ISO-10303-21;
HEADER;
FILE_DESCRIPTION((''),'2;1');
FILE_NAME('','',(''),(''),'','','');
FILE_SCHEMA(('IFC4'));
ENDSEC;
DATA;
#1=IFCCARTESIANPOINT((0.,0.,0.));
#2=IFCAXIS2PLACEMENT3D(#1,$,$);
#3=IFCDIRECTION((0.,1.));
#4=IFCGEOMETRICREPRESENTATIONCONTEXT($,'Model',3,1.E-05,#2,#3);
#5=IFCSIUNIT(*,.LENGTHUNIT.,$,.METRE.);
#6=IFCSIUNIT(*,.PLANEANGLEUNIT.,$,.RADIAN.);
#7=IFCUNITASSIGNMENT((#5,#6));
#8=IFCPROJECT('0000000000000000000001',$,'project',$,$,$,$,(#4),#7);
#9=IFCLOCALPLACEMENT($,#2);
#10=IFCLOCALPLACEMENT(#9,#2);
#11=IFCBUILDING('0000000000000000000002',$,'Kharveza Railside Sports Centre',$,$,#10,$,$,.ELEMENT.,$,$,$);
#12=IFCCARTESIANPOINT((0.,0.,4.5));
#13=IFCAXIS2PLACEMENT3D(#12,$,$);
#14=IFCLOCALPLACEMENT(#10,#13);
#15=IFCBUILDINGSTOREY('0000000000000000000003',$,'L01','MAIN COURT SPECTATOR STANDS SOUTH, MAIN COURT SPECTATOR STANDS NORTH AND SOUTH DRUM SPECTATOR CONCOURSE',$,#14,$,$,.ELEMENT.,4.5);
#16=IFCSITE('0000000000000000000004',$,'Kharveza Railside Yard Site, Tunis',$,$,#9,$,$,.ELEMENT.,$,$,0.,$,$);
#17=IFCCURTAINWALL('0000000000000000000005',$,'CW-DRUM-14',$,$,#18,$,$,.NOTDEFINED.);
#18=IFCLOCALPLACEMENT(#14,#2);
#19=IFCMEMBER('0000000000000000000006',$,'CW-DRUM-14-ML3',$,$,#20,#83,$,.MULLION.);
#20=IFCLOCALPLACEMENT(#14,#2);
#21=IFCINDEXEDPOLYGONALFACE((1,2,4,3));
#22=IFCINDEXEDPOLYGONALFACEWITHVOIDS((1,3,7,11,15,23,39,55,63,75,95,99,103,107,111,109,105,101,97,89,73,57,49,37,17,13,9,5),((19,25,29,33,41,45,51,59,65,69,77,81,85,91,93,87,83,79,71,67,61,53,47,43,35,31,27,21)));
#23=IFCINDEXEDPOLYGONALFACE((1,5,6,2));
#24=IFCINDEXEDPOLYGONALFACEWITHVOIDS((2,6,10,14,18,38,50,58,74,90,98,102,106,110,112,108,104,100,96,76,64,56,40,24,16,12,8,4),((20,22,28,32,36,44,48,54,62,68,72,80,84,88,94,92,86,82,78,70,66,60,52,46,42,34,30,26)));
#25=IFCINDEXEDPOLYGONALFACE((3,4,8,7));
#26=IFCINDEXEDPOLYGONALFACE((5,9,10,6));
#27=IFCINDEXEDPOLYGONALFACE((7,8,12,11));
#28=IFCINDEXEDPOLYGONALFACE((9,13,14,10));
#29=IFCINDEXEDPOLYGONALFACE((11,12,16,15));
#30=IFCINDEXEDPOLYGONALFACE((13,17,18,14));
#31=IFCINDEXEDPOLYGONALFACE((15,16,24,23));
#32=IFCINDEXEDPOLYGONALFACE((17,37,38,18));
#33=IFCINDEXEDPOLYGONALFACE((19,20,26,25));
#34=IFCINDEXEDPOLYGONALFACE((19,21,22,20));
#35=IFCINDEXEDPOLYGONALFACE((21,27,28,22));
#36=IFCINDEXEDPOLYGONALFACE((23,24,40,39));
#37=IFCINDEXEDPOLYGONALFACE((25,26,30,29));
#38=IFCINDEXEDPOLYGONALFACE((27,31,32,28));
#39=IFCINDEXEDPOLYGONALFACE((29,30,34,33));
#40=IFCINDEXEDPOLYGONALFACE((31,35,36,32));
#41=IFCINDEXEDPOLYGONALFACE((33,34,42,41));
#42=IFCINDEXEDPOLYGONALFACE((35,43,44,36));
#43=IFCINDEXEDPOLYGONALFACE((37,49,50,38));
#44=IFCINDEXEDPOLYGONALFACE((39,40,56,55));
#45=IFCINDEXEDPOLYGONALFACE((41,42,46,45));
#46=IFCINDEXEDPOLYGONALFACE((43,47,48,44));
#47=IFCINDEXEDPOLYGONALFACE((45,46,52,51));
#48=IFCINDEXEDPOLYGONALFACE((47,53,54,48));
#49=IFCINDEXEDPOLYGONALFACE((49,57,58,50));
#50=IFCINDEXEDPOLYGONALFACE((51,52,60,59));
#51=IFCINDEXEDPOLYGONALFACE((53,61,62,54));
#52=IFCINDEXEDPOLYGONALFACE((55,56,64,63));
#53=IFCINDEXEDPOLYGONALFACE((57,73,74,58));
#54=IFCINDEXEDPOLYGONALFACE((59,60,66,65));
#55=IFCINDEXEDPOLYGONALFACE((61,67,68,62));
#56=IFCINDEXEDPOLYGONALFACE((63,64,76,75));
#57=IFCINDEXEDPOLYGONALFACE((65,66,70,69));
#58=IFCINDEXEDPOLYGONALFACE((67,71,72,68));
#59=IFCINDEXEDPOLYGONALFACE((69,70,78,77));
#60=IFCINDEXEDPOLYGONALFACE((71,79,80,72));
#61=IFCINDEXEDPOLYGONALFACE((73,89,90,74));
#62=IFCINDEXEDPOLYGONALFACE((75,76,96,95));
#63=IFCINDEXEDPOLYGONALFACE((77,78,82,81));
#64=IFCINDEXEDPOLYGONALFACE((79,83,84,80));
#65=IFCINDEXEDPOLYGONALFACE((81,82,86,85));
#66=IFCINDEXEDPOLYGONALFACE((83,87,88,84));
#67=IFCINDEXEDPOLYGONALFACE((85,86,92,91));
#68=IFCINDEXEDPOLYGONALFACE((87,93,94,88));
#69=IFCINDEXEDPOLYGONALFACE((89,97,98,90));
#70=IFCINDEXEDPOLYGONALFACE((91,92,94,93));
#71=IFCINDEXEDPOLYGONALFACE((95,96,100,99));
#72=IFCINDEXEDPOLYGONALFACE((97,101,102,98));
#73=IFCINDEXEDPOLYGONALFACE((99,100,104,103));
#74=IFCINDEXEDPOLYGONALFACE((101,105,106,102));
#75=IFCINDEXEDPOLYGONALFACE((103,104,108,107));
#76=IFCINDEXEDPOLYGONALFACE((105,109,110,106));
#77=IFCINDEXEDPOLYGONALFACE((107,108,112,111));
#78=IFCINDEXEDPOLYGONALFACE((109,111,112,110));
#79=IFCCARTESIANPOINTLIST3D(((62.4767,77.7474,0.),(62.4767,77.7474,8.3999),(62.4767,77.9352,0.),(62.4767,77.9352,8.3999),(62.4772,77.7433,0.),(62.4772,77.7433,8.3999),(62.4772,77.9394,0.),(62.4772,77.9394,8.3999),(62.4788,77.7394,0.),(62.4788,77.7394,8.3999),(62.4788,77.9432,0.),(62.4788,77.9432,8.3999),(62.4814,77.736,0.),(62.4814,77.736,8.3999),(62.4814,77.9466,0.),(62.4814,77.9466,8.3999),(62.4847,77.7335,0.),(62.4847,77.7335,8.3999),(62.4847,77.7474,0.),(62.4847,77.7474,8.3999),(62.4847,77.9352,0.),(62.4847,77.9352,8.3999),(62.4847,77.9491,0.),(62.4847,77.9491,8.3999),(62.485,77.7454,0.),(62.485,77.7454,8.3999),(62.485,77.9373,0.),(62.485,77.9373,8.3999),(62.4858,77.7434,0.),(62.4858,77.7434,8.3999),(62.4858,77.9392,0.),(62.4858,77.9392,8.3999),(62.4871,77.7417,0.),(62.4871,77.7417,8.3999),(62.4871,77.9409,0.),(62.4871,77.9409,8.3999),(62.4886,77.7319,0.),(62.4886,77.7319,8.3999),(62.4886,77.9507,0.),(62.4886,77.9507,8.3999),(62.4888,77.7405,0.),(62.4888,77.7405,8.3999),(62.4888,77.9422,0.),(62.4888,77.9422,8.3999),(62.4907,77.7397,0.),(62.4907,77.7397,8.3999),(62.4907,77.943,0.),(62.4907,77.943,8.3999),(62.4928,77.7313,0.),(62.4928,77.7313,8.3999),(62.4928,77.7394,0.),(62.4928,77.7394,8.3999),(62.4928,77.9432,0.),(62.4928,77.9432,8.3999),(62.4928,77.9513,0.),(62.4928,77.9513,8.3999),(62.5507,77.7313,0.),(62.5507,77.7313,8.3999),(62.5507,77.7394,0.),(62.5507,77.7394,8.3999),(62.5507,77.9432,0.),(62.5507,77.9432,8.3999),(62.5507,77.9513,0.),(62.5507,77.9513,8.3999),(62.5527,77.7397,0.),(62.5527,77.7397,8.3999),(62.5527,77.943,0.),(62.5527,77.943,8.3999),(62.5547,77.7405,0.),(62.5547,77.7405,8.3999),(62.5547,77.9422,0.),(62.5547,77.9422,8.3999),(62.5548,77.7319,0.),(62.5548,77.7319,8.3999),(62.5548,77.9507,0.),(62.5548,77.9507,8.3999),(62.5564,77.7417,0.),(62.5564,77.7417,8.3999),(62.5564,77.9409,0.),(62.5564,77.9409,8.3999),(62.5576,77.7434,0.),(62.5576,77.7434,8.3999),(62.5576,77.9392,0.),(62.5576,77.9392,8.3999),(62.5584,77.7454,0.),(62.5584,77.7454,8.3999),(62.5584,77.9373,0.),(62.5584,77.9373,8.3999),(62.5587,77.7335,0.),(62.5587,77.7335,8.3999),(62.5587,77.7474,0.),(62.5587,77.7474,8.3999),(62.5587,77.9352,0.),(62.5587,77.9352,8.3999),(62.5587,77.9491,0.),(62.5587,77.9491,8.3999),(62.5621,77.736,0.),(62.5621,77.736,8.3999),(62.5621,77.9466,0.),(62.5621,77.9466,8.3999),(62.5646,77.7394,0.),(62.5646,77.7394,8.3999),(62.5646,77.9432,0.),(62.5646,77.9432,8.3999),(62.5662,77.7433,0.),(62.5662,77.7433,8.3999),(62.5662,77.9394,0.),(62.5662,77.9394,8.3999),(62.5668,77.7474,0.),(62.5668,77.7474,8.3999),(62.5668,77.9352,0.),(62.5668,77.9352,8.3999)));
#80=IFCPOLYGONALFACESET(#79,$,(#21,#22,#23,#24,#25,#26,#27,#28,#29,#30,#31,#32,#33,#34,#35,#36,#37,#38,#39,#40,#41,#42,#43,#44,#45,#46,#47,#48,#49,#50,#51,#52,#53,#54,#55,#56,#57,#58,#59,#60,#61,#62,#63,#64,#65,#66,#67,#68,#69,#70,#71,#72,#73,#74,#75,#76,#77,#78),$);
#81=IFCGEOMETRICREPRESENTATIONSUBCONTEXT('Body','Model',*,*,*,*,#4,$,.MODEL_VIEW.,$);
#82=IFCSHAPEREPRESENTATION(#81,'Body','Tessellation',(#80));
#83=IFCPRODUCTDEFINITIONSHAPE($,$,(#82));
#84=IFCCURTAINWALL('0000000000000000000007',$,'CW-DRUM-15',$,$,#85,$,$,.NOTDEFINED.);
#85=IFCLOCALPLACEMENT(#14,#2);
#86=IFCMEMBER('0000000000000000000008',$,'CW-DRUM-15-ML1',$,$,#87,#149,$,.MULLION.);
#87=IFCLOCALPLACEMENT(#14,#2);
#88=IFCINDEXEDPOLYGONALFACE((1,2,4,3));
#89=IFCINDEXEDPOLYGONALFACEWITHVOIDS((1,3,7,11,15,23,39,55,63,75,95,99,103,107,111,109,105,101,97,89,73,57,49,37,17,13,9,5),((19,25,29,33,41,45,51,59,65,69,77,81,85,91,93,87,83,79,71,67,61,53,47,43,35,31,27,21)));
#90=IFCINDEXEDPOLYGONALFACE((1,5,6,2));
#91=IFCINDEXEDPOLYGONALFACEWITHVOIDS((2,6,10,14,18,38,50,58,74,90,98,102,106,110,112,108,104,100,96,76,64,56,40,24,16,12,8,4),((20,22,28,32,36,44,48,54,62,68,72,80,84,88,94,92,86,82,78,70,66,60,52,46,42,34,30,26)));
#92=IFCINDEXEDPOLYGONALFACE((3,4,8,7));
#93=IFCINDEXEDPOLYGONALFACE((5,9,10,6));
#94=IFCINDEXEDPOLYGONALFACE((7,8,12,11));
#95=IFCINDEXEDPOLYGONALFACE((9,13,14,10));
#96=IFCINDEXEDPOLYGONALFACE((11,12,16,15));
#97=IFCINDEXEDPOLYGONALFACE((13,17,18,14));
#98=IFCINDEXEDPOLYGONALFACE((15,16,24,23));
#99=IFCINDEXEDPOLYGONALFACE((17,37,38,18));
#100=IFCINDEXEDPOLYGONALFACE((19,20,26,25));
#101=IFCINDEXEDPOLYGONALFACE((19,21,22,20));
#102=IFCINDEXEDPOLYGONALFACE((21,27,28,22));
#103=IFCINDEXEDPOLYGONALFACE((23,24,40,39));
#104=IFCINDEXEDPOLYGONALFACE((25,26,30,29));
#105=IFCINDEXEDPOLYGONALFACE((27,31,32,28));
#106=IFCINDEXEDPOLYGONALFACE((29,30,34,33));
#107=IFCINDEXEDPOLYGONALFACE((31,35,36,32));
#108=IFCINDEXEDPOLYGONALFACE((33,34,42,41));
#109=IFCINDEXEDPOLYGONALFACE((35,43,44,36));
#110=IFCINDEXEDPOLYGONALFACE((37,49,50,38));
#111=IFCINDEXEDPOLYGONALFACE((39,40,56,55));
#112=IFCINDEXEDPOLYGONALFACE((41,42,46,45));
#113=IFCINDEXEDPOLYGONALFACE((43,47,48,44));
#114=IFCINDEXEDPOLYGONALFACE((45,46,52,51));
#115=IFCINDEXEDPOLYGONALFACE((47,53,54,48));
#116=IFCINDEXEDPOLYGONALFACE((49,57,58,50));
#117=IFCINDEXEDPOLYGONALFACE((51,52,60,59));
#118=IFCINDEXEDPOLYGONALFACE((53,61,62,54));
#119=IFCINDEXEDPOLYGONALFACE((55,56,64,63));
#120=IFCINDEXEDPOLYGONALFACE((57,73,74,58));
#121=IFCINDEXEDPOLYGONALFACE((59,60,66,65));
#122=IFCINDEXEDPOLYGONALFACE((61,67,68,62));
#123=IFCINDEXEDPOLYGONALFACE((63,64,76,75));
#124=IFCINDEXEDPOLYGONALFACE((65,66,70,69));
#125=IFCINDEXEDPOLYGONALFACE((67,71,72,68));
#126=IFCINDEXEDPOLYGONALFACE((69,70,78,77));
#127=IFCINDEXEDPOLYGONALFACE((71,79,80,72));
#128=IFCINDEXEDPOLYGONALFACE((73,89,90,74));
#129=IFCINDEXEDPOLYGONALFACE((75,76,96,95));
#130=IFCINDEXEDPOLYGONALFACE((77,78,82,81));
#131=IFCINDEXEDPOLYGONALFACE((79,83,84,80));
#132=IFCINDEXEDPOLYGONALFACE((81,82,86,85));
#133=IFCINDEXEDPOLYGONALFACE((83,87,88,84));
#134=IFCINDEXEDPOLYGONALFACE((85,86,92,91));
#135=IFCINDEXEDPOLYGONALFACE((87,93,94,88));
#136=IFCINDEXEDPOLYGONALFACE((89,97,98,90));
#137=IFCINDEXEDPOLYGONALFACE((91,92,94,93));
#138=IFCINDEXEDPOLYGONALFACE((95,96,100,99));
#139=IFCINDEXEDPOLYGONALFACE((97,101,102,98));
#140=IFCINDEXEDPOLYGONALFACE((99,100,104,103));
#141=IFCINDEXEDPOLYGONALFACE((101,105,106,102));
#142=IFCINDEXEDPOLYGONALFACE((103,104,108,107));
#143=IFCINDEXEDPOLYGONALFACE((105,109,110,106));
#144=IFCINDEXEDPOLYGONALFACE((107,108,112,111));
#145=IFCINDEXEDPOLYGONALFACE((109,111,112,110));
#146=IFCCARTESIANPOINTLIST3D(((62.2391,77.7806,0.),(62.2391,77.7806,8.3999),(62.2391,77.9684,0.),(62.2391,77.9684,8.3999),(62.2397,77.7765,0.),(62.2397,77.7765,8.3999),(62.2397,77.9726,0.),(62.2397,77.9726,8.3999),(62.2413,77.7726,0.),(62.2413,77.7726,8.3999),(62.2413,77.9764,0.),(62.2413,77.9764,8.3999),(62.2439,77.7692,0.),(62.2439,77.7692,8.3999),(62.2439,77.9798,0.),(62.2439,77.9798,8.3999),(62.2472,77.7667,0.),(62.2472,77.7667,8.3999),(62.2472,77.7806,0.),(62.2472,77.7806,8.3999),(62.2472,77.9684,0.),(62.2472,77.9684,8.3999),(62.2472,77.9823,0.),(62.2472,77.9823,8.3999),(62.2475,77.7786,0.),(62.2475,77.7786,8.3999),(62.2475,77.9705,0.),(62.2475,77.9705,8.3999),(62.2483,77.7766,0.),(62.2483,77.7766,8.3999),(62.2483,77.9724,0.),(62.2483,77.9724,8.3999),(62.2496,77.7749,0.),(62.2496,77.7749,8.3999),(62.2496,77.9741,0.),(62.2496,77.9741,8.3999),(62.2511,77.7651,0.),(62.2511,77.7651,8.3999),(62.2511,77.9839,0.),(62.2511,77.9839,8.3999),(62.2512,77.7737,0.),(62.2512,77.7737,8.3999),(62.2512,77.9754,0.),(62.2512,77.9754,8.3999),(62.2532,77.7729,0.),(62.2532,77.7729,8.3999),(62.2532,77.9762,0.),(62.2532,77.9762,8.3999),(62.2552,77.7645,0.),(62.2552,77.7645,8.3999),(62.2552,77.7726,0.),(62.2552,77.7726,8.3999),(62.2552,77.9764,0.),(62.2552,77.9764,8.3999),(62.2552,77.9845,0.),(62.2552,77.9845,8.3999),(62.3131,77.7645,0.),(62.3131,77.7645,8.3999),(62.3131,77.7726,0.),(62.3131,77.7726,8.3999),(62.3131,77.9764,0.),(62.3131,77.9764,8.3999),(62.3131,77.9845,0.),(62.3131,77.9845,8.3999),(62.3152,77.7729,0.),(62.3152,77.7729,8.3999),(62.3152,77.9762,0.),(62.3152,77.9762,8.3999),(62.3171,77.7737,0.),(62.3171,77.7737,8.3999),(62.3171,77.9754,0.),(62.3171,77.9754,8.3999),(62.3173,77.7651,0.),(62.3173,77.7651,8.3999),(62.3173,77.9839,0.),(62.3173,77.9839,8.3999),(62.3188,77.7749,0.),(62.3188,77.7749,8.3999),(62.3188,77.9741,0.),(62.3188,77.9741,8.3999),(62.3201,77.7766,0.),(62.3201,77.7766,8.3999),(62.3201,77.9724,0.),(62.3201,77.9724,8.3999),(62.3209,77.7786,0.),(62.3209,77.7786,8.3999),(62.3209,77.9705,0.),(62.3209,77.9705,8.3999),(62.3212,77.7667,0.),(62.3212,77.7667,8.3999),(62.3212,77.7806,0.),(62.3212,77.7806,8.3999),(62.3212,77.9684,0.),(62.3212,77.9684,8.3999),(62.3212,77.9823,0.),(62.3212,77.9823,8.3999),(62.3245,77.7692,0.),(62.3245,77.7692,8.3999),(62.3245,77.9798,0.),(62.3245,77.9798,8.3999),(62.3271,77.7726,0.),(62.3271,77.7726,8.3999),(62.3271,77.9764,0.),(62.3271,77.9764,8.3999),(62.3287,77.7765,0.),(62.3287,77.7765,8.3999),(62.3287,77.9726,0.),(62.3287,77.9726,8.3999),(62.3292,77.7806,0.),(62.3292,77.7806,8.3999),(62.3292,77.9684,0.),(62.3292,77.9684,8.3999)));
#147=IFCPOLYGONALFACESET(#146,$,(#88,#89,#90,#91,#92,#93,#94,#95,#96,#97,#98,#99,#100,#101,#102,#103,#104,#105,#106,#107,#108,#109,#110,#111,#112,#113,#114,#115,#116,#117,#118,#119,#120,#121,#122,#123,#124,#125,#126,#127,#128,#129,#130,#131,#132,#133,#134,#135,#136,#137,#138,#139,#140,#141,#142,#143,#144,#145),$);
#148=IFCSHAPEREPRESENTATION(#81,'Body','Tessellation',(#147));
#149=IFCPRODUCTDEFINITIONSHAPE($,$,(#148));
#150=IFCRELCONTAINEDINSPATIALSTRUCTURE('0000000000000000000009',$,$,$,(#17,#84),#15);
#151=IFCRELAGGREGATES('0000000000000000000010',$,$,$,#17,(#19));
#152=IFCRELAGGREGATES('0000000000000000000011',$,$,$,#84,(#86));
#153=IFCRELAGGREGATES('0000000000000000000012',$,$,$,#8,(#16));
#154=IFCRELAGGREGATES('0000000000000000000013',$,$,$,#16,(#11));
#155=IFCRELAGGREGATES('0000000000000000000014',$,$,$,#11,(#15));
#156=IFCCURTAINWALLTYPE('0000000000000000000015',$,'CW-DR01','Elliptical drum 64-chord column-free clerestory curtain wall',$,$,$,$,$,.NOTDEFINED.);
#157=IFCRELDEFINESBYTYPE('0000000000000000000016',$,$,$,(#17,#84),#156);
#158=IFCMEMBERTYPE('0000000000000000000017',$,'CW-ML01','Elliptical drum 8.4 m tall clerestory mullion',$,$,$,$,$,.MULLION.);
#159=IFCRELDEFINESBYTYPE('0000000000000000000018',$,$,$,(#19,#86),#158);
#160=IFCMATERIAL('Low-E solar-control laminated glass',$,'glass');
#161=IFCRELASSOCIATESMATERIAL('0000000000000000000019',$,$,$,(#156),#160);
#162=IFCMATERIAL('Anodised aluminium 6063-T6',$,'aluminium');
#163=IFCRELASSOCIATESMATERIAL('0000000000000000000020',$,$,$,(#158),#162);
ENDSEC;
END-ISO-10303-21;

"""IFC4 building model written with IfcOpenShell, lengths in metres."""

from ifc_helpers import new_model, si_unit, direction, frame, origin, origin_2d, place, context, subcontext, project, spatial, hollow_rectangle, extrude, material, material_profile, profile_set, type_object, element, aggregate, save


model = new_model("IFC4")

# Units and contexts
model_context = context("Model", 3, precision=1e-05, world=origin(), true_north=direction((0.0, 1.0)))
body_context = subcontext(model_context, "Body", "Model", "MODEL_VIEW")
ifc_project = project(units=[si_unit("LENGTHUNIT", "METRE"), si_unit("PLANEANGLEUNIT", "RADIAN")], contexts=[model_context])

# Site, building, storey
site_placement = place(None, origin())
site = spatial("IfcSite", under=ifc_project, at=site_placement, Name="Kharveza Railside Yard Site, Tunis", CompositionType="ELEMENT", RefElevation=0.0)
building_placement = place(site_placement, origin())
building = spatial("IfcBuilding", under=site, at=building_placement, Name="Kharveza Railside Sports Centre", CompositionType="ELEMENT")
storey_placement = place(building_placement, frame((0.0, 0.0, 4.5)))
storey = spatial("IfcBuildingStorey", under=building, at=storey_placement, Name="L01", Description="MAIN COURT SPECTATOR STANDS SOUTH, MAIN COURT SPECTATOR STANDS NORTH AND SOUTH DRUM SPECTATOR CONCOURSE", CompositionType="ELEMENT", Elevation=4.5)

# Curtain wall, member
ifc_material_1 = material(Name="Low-E solar-control laminated glass", Category="glass")
curtain_wall_type = type_object("IfcCurtainWallType", Name="CW-DR01", Description="Elliptical drum 64-chord column-free clerestory curtain wall", PredefinedType="NOTDEFINED", material=ifc_material_1)
ifc_material_2 = material(Name="Anodised aluminium 6063-T6", Category="aluminium")
ifc_material_profile_1 = material_profile(ifc_material_2, hollow_rectangle(XDim=0.0901, YDim=0.22, WallThickness=0.0081, InnerFilletRadius=0.0081, OuterFilletRadius=0.0161, at=origin_2d()), Name="RHS 90x220x8.0")
ifc_profile_set_1 = profile_set([ifc_material_profile_1], Name="Anodised aluminium 6063-T6")
member_type_1 = type_object("IfcMemberType", Name="CW-ML01", Description="Elliptical drum 8.4 m tall clerestory mullion", PredefinedType="MULLION", material=ifc_profile_set_1)
curtain_wall_1_placement = place(storey_placement, origin())
curtain_wall_1 = element("IfcCurtainWall", 1, at=curtain_wall_1_placement, inside=storey, type_object=curtain_wall_type, Name="CW-DRUM-14", PredefinedType="NOTDEFINED")
member_1_placement = place(storey_placement, frame((62.5217, 77.8413, 0.0), z_axis=(0.0, 0.0, 1.0), x_axis=(1.0, 0.0, 0.0)))
member_1 = element("IfcMember", 2, at=member_1_placement, type_object=member_type_1, Name="CW-DRUM-14-ML3", PredefinedType="MULLION", context=body_context, shape_type="SweptSolid", body=[
    extrude(hollow_rectangle(XDim=0.0901, YDim=0.22, WallThickness=0.0081, InnerFilletRadius=0.0081, OuterFilletRadius=0.0161, at=origin_2d()), origin(), (0.0, 0.0, 1.0), 8.3999),
])

# Curtain wall, member
curtain_wall_2_placement = place(storey_placement, origin())
curtain_wall_2 = element("IfcCurtainWall", 3, at=curtain_wall_2_placement, inside=storey, type_object=curtain_wall_type, Name="CW-DRUM-15", PredefinedType="NOTDEFINED")
member_2_placement = place(storey_placement, frame((62.2842, 77.8745, 0.0), z_axis=(0.0, 0.0, 1.0), x_axis=(1.0, 0.0, 0.0)))
member_2 = element("IfcMember", 4, at=member_2_placement, type_object=member_type_1, Name="CW-DRUM-15-ML1", PredefinedType="MULLION", context=body_context, shape_type="SweptSolid", body=[
    extrude(hollow_rectangle(XDim=0.0901, YDim=0.22, WallThickness=0.0081, InnerFilletRadius=0.0081, OuterFilletRadius=0.0161, at=origin_2d()), origin(), (0.0, 0.0, 1.0), 8.3999),
])

aggregate(curtain_wall_1, [member_1])
aggregate(curtain_wall_2, [member_2])

save(model, "model.ifc")
